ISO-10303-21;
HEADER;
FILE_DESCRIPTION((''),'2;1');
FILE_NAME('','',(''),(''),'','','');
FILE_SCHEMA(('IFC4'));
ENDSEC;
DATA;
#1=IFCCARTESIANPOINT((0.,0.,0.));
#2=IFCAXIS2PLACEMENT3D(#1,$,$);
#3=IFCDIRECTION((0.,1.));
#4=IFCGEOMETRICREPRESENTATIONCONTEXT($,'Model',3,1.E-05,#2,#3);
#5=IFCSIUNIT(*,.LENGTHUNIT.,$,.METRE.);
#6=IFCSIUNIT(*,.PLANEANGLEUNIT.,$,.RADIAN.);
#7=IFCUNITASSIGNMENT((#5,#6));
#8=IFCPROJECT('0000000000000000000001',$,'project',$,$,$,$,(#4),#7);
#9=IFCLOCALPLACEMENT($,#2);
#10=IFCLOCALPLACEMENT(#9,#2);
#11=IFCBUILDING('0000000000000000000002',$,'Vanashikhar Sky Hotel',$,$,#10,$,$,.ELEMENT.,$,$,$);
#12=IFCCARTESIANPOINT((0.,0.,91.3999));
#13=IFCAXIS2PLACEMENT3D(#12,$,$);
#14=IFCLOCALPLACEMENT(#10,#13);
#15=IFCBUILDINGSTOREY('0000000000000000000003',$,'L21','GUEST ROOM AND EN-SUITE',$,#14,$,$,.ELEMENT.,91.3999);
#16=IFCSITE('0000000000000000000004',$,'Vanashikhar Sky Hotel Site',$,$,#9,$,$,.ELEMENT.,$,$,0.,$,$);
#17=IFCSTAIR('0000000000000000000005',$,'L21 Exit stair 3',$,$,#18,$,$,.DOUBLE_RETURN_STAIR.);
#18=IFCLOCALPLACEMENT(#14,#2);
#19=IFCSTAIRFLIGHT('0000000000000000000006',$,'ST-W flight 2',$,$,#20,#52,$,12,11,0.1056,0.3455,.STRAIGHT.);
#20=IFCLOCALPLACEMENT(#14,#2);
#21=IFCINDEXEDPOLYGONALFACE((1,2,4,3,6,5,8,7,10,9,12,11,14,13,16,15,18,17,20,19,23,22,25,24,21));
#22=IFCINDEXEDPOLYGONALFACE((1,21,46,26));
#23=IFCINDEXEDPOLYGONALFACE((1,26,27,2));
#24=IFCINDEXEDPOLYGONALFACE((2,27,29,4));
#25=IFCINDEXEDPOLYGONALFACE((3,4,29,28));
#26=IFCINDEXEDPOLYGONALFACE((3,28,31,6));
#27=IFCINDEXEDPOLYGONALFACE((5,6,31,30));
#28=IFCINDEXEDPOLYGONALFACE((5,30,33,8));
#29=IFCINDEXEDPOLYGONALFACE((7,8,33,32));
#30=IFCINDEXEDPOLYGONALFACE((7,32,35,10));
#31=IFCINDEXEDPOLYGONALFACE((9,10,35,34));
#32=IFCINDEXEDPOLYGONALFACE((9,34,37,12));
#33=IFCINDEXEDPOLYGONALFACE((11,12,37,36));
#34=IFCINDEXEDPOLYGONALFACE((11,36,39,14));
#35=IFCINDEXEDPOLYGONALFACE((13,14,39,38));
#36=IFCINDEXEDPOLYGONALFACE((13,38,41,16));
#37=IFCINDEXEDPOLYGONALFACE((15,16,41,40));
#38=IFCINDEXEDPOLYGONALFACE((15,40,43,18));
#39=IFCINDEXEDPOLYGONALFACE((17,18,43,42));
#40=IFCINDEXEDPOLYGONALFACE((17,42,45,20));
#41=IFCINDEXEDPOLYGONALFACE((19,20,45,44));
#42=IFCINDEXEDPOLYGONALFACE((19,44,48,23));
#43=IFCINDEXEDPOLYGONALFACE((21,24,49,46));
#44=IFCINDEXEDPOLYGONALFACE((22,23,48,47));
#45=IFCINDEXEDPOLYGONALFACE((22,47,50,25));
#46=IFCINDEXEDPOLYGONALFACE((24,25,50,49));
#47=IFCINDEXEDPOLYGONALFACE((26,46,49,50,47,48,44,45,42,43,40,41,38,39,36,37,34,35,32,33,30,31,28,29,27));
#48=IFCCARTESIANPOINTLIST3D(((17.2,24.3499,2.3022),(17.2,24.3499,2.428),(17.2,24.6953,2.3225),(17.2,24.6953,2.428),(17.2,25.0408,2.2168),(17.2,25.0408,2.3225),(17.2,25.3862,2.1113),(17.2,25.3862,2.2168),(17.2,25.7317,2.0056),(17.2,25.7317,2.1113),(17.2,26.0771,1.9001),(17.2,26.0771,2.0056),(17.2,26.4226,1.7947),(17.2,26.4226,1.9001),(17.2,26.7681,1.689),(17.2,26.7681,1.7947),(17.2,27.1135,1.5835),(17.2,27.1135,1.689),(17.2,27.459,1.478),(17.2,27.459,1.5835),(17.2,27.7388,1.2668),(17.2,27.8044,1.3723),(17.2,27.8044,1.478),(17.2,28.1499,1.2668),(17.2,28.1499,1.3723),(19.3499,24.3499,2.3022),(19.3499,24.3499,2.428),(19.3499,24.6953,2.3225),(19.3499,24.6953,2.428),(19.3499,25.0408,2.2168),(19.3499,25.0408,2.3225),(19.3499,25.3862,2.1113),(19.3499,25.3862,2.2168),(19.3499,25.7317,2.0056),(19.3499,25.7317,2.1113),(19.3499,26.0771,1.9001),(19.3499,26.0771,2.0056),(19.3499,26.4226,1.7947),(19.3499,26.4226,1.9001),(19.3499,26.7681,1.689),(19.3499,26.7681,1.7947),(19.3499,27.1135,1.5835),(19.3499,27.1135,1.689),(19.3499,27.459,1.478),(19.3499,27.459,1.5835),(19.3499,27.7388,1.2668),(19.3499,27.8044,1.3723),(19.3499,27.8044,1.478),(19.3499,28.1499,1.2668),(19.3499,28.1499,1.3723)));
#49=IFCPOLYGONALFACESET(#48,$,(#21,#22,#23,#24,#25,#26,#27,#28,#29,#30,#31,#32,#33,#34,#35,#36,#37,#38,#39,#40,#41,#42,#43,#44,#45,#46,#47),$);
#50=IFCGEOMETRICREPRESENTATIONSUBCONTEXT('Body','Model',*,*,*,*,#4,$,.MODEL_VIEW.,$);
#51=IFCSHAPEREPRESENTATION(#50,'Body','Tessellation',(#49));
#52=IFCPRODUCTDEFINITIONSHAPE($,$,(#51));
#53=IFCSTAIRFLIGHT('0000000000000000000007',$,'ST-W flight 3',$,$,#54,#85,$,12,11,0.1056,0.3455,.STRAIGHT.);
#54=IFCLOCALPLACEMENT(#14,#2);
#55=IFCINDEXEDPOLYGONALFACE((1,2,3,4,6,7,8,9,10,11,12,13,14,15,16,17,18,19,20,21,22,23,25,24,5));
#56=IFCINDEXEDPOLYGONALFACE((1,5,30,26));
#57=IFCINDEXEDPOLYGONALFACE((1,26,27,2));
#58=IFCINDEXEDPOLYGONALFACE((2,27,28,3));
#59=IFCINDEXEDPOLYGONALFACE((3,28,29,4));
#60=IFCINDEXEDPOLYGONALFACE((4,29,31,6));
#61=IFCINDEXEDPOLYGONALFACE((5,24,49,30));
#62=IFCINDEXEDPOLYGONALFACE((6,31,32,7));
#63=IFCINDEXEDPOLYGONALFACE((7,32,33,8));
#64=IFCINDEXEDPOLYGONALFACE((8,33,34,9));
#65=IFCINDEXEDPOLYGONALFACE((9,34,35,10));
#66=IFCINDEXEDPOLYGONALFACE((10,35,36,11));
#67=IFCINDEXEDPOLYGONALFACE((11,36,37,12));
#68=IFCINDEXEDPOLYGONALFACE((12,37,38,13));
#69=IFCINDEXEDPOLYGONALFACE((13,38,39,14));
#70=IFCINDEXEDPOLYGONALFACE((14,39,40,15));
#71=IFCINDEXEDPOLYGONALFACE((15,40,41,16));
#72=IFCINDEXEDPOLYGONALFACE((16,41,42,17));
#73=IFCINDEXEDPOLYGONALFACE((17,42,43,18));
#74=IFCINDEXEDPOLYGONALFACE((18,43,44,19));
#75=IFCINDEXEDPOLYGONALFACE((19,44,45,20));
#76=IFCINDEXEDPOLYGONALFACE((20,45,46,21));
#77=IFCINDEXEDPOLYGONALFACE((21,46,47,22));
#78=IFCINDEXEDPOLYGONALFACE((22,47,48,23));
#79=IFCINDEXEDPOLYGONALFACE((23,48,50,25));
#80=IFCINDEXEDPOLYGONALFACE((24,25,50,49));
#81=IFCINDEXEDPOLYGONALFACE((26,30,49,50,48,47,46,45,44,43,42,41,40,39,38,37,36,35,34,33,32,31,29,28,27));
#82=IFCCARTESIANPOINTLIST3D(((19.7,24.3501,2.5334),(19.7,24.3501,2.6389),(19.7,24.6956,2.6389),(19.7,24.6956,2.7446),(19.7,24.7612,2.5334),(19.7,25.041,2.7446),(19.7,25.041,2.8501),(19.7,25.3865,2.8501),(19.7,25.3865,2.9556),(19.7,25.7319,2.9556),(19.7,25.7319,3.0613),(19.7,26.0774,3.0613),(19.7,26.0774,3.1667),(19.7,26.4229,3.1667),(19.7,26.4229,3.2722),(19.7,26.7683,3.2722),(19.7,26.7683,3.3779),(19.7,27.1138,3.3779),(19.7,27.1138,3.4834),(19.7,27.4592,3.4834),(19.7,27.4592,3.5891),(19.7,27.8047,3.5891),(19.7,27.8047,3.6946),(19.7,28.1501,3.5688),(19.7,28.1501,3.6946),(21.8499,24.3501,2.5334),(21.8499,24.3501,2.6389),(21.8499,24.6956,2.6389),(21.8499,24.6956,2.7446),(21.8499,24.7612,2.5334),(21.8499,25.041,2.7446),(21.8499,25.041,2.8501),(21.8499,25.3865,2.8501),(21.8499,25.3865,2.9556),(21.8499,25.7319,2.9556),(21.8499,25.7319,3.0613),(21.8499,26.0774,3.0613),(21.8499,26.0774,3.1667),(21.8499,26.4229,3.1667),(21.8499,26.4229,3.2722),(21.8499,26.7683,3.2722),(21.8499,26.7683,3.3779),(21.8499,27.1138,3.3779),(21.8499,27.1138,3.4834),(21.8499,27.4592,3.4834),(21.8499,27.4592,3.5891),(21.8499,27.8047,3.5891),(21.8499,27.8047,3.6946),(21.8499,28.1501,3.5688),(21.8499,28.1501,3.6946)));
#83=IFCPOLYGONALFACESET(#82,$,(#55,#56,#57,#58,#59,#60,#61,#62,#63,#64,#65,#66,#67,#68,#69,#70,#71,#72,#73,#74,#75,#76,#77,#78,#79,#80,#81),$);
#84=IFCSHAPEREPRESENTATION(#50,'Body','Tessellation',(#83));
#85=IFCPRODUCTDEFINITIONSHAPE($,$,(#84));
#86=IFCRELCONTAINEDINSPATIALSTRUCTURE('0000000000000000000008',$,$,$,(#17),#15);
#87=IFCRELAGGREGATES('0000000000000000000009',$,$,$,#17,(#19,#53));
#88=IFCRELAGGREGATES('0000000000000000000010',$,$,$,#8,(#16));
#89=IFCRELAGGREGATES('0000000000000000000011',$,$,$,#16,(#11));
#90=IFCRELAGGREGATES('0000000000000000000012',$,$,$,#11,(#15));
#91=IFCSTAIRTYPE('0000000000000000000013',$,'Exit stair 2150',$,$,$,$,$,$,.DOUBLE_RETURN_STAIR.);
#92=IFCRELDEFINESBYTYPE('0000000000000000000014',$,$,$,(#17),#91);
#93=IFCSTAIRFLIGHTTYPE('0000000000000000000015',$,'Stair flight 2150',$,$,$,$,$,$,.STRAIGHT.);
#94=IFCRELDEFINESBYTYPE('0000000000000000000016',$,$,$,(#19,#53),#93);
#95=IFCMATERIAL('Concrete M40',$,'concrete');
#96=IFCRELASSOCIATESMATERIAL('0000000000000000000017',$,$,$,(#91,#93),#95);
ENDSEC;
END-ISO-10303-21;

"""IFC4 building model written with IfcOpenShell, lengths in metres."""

from ifc_helpers import new_model, si_unit, direction, frame, origin, place, context, subcontext, project, spatial, polyline, outline, extrude, source, transform, mapped, material, type_object, element, aggregate, save


model = new_model("IFC4")

# Units and contexts
model_context = context("Model", 3, precision=1e-05, world=origin(), true_north=direction((0.0, 1.0)))
body_context = subcontext(model_context, "Body", "Model", "MODEL_VIEW")
ifc_project = project(units=[si_unit("LENGTHUNIT", "METRE"), si_unit("PLANEANGLEUNIT", "RADIAN")], contexts=[model_context])

# Site, building, storey
site_placement = place(None, origin())
site = spatial("IfcSite", under=ifc_project, at=site_placement, Name="Vanashikhar Sky Hotel Site", CompositionType="ELEMENT", RefElevation=0.0)
building_placement = place(site_placement, origin())
building = spatial("IfcBuilding", under=site, at=building_placement, Name="Vanashikhar Sky Hotel", CompositionType="ELEMENT")
storey_placement = place(building_placement, frame((0.0, 0.0, 91.3999)))
storey = spatial("IfcBuildingStorey", under=building, at=storey_placement, Name="L21", Description="GUEST ROOM AND EN-SUITE", CompositionType="ELEMENT", Elevation=91.3999)

# Stair, stair flights
ifc_material_1 = material(Name="Concrete M40", Category="concrete")
stair_type = type_object("IfcStairType", Name="Exit stair 2150", PredefinedType="DOUBLE_RETURN_STAIR", material=ifc_material_1)
stair_placement = place(storey_placement, origin())
stair = element("IfcStair", 1, at=stair_placement, inside=storey, type_object=stair_type, Name="L21 Exit stair 3", PredefinedType="DOUBLE_RETURN_STAIR")
stair_flight_type = type_object("IfcStairFlightType", Name="Stair flight 2150", PredefinedType="STRAIGHT", material=ifc_material_1)
shared_shape_1 = source(origin(), body_context, "Body", "SweptSolid", [
    extrude(outline(polyline([(0.0, 0.0), (0.0, 0.1055), (0.3455, 0.1055), (0.3455, 0.2112), (0.6909, 0.2112), (0.6909, 0.3167), (1.0364, 0.3167), (1.0364, 0.4221), (1.3818, 0.4221), (1.3818, 0.5278), (1.7273, 0.5278), (1.7273, 0.6333), (2.0728, 0.6333), (2.0728, 0.7388), (2.4182, 0.7388), (2.4182, 0.8445), (2.7637, 0.8445), (2.7637, 0.95), (3.1091, 0.95), (3.1091, 1.0557), (3.4546, 1.0557), (3.4546, 1.1611), (3.8, 1.1611), (3.8, 1.2666), (3.8, 1.0354), (0.4111, 0.0), (0.0, 0.0)])), frame((0.0, 1.075, 0.0), z_axis=(0.0, -1.0, 0.0), x_axis=(1.0, 0.0, 0.0)), (0.0, 0.0, 1.0), 2.1499),
])
stair_flight_1_placement = place(storey_placement, frame((18.2749, 28.1499, 1.2668), z_axis=(0.0, 0.0, 1.0), x_axis=(0.0, -1.0, 0.0)))
stair_flight_1 = element("IfcStairFlight", 2, at=stair_flight_1_placement, type_object=stair_flight_type, Name="ST-W flight 2", NumberOfRisers=12, NumberOfTreads=11, PredefinedType="STRAIGHT", RiserHeight=0.1056, TreadLength=0.3455, context=body_context, shape_type="MappedRepresentation", body=[
    mapped(shared_shape_1, transform((0.0, 0.0, 0.0), scale=1.0)),
])
stair_flight_2_placement = place(storey_placement, frame((20.7749, 24.3501, 2.5334), z_axis=(0.0, 0.0, 1.0), x_axis=(0.0, 1.0, 0.0)))
stair_flight_2 = element("IfcStairFlight", 3, at=stair_flight_2_placement, type_object=stair_flight_type, Name="ST-W flight 3", NumberOfRisers=12, NumberOfTreads=11, PredefinedType="STRAIGHT", RiserHeight=0.1056, TreadLength=0.3455, context=body_context, shape_type="MappedRepresentation", body=[
    mapped(shared_shape_1, transform((0.0, 0.0, 0.0), scale=1.0)),
])
aggregate(stair, [stair_flight_1, stair_flight_2])

save(model, "model.ifc")
